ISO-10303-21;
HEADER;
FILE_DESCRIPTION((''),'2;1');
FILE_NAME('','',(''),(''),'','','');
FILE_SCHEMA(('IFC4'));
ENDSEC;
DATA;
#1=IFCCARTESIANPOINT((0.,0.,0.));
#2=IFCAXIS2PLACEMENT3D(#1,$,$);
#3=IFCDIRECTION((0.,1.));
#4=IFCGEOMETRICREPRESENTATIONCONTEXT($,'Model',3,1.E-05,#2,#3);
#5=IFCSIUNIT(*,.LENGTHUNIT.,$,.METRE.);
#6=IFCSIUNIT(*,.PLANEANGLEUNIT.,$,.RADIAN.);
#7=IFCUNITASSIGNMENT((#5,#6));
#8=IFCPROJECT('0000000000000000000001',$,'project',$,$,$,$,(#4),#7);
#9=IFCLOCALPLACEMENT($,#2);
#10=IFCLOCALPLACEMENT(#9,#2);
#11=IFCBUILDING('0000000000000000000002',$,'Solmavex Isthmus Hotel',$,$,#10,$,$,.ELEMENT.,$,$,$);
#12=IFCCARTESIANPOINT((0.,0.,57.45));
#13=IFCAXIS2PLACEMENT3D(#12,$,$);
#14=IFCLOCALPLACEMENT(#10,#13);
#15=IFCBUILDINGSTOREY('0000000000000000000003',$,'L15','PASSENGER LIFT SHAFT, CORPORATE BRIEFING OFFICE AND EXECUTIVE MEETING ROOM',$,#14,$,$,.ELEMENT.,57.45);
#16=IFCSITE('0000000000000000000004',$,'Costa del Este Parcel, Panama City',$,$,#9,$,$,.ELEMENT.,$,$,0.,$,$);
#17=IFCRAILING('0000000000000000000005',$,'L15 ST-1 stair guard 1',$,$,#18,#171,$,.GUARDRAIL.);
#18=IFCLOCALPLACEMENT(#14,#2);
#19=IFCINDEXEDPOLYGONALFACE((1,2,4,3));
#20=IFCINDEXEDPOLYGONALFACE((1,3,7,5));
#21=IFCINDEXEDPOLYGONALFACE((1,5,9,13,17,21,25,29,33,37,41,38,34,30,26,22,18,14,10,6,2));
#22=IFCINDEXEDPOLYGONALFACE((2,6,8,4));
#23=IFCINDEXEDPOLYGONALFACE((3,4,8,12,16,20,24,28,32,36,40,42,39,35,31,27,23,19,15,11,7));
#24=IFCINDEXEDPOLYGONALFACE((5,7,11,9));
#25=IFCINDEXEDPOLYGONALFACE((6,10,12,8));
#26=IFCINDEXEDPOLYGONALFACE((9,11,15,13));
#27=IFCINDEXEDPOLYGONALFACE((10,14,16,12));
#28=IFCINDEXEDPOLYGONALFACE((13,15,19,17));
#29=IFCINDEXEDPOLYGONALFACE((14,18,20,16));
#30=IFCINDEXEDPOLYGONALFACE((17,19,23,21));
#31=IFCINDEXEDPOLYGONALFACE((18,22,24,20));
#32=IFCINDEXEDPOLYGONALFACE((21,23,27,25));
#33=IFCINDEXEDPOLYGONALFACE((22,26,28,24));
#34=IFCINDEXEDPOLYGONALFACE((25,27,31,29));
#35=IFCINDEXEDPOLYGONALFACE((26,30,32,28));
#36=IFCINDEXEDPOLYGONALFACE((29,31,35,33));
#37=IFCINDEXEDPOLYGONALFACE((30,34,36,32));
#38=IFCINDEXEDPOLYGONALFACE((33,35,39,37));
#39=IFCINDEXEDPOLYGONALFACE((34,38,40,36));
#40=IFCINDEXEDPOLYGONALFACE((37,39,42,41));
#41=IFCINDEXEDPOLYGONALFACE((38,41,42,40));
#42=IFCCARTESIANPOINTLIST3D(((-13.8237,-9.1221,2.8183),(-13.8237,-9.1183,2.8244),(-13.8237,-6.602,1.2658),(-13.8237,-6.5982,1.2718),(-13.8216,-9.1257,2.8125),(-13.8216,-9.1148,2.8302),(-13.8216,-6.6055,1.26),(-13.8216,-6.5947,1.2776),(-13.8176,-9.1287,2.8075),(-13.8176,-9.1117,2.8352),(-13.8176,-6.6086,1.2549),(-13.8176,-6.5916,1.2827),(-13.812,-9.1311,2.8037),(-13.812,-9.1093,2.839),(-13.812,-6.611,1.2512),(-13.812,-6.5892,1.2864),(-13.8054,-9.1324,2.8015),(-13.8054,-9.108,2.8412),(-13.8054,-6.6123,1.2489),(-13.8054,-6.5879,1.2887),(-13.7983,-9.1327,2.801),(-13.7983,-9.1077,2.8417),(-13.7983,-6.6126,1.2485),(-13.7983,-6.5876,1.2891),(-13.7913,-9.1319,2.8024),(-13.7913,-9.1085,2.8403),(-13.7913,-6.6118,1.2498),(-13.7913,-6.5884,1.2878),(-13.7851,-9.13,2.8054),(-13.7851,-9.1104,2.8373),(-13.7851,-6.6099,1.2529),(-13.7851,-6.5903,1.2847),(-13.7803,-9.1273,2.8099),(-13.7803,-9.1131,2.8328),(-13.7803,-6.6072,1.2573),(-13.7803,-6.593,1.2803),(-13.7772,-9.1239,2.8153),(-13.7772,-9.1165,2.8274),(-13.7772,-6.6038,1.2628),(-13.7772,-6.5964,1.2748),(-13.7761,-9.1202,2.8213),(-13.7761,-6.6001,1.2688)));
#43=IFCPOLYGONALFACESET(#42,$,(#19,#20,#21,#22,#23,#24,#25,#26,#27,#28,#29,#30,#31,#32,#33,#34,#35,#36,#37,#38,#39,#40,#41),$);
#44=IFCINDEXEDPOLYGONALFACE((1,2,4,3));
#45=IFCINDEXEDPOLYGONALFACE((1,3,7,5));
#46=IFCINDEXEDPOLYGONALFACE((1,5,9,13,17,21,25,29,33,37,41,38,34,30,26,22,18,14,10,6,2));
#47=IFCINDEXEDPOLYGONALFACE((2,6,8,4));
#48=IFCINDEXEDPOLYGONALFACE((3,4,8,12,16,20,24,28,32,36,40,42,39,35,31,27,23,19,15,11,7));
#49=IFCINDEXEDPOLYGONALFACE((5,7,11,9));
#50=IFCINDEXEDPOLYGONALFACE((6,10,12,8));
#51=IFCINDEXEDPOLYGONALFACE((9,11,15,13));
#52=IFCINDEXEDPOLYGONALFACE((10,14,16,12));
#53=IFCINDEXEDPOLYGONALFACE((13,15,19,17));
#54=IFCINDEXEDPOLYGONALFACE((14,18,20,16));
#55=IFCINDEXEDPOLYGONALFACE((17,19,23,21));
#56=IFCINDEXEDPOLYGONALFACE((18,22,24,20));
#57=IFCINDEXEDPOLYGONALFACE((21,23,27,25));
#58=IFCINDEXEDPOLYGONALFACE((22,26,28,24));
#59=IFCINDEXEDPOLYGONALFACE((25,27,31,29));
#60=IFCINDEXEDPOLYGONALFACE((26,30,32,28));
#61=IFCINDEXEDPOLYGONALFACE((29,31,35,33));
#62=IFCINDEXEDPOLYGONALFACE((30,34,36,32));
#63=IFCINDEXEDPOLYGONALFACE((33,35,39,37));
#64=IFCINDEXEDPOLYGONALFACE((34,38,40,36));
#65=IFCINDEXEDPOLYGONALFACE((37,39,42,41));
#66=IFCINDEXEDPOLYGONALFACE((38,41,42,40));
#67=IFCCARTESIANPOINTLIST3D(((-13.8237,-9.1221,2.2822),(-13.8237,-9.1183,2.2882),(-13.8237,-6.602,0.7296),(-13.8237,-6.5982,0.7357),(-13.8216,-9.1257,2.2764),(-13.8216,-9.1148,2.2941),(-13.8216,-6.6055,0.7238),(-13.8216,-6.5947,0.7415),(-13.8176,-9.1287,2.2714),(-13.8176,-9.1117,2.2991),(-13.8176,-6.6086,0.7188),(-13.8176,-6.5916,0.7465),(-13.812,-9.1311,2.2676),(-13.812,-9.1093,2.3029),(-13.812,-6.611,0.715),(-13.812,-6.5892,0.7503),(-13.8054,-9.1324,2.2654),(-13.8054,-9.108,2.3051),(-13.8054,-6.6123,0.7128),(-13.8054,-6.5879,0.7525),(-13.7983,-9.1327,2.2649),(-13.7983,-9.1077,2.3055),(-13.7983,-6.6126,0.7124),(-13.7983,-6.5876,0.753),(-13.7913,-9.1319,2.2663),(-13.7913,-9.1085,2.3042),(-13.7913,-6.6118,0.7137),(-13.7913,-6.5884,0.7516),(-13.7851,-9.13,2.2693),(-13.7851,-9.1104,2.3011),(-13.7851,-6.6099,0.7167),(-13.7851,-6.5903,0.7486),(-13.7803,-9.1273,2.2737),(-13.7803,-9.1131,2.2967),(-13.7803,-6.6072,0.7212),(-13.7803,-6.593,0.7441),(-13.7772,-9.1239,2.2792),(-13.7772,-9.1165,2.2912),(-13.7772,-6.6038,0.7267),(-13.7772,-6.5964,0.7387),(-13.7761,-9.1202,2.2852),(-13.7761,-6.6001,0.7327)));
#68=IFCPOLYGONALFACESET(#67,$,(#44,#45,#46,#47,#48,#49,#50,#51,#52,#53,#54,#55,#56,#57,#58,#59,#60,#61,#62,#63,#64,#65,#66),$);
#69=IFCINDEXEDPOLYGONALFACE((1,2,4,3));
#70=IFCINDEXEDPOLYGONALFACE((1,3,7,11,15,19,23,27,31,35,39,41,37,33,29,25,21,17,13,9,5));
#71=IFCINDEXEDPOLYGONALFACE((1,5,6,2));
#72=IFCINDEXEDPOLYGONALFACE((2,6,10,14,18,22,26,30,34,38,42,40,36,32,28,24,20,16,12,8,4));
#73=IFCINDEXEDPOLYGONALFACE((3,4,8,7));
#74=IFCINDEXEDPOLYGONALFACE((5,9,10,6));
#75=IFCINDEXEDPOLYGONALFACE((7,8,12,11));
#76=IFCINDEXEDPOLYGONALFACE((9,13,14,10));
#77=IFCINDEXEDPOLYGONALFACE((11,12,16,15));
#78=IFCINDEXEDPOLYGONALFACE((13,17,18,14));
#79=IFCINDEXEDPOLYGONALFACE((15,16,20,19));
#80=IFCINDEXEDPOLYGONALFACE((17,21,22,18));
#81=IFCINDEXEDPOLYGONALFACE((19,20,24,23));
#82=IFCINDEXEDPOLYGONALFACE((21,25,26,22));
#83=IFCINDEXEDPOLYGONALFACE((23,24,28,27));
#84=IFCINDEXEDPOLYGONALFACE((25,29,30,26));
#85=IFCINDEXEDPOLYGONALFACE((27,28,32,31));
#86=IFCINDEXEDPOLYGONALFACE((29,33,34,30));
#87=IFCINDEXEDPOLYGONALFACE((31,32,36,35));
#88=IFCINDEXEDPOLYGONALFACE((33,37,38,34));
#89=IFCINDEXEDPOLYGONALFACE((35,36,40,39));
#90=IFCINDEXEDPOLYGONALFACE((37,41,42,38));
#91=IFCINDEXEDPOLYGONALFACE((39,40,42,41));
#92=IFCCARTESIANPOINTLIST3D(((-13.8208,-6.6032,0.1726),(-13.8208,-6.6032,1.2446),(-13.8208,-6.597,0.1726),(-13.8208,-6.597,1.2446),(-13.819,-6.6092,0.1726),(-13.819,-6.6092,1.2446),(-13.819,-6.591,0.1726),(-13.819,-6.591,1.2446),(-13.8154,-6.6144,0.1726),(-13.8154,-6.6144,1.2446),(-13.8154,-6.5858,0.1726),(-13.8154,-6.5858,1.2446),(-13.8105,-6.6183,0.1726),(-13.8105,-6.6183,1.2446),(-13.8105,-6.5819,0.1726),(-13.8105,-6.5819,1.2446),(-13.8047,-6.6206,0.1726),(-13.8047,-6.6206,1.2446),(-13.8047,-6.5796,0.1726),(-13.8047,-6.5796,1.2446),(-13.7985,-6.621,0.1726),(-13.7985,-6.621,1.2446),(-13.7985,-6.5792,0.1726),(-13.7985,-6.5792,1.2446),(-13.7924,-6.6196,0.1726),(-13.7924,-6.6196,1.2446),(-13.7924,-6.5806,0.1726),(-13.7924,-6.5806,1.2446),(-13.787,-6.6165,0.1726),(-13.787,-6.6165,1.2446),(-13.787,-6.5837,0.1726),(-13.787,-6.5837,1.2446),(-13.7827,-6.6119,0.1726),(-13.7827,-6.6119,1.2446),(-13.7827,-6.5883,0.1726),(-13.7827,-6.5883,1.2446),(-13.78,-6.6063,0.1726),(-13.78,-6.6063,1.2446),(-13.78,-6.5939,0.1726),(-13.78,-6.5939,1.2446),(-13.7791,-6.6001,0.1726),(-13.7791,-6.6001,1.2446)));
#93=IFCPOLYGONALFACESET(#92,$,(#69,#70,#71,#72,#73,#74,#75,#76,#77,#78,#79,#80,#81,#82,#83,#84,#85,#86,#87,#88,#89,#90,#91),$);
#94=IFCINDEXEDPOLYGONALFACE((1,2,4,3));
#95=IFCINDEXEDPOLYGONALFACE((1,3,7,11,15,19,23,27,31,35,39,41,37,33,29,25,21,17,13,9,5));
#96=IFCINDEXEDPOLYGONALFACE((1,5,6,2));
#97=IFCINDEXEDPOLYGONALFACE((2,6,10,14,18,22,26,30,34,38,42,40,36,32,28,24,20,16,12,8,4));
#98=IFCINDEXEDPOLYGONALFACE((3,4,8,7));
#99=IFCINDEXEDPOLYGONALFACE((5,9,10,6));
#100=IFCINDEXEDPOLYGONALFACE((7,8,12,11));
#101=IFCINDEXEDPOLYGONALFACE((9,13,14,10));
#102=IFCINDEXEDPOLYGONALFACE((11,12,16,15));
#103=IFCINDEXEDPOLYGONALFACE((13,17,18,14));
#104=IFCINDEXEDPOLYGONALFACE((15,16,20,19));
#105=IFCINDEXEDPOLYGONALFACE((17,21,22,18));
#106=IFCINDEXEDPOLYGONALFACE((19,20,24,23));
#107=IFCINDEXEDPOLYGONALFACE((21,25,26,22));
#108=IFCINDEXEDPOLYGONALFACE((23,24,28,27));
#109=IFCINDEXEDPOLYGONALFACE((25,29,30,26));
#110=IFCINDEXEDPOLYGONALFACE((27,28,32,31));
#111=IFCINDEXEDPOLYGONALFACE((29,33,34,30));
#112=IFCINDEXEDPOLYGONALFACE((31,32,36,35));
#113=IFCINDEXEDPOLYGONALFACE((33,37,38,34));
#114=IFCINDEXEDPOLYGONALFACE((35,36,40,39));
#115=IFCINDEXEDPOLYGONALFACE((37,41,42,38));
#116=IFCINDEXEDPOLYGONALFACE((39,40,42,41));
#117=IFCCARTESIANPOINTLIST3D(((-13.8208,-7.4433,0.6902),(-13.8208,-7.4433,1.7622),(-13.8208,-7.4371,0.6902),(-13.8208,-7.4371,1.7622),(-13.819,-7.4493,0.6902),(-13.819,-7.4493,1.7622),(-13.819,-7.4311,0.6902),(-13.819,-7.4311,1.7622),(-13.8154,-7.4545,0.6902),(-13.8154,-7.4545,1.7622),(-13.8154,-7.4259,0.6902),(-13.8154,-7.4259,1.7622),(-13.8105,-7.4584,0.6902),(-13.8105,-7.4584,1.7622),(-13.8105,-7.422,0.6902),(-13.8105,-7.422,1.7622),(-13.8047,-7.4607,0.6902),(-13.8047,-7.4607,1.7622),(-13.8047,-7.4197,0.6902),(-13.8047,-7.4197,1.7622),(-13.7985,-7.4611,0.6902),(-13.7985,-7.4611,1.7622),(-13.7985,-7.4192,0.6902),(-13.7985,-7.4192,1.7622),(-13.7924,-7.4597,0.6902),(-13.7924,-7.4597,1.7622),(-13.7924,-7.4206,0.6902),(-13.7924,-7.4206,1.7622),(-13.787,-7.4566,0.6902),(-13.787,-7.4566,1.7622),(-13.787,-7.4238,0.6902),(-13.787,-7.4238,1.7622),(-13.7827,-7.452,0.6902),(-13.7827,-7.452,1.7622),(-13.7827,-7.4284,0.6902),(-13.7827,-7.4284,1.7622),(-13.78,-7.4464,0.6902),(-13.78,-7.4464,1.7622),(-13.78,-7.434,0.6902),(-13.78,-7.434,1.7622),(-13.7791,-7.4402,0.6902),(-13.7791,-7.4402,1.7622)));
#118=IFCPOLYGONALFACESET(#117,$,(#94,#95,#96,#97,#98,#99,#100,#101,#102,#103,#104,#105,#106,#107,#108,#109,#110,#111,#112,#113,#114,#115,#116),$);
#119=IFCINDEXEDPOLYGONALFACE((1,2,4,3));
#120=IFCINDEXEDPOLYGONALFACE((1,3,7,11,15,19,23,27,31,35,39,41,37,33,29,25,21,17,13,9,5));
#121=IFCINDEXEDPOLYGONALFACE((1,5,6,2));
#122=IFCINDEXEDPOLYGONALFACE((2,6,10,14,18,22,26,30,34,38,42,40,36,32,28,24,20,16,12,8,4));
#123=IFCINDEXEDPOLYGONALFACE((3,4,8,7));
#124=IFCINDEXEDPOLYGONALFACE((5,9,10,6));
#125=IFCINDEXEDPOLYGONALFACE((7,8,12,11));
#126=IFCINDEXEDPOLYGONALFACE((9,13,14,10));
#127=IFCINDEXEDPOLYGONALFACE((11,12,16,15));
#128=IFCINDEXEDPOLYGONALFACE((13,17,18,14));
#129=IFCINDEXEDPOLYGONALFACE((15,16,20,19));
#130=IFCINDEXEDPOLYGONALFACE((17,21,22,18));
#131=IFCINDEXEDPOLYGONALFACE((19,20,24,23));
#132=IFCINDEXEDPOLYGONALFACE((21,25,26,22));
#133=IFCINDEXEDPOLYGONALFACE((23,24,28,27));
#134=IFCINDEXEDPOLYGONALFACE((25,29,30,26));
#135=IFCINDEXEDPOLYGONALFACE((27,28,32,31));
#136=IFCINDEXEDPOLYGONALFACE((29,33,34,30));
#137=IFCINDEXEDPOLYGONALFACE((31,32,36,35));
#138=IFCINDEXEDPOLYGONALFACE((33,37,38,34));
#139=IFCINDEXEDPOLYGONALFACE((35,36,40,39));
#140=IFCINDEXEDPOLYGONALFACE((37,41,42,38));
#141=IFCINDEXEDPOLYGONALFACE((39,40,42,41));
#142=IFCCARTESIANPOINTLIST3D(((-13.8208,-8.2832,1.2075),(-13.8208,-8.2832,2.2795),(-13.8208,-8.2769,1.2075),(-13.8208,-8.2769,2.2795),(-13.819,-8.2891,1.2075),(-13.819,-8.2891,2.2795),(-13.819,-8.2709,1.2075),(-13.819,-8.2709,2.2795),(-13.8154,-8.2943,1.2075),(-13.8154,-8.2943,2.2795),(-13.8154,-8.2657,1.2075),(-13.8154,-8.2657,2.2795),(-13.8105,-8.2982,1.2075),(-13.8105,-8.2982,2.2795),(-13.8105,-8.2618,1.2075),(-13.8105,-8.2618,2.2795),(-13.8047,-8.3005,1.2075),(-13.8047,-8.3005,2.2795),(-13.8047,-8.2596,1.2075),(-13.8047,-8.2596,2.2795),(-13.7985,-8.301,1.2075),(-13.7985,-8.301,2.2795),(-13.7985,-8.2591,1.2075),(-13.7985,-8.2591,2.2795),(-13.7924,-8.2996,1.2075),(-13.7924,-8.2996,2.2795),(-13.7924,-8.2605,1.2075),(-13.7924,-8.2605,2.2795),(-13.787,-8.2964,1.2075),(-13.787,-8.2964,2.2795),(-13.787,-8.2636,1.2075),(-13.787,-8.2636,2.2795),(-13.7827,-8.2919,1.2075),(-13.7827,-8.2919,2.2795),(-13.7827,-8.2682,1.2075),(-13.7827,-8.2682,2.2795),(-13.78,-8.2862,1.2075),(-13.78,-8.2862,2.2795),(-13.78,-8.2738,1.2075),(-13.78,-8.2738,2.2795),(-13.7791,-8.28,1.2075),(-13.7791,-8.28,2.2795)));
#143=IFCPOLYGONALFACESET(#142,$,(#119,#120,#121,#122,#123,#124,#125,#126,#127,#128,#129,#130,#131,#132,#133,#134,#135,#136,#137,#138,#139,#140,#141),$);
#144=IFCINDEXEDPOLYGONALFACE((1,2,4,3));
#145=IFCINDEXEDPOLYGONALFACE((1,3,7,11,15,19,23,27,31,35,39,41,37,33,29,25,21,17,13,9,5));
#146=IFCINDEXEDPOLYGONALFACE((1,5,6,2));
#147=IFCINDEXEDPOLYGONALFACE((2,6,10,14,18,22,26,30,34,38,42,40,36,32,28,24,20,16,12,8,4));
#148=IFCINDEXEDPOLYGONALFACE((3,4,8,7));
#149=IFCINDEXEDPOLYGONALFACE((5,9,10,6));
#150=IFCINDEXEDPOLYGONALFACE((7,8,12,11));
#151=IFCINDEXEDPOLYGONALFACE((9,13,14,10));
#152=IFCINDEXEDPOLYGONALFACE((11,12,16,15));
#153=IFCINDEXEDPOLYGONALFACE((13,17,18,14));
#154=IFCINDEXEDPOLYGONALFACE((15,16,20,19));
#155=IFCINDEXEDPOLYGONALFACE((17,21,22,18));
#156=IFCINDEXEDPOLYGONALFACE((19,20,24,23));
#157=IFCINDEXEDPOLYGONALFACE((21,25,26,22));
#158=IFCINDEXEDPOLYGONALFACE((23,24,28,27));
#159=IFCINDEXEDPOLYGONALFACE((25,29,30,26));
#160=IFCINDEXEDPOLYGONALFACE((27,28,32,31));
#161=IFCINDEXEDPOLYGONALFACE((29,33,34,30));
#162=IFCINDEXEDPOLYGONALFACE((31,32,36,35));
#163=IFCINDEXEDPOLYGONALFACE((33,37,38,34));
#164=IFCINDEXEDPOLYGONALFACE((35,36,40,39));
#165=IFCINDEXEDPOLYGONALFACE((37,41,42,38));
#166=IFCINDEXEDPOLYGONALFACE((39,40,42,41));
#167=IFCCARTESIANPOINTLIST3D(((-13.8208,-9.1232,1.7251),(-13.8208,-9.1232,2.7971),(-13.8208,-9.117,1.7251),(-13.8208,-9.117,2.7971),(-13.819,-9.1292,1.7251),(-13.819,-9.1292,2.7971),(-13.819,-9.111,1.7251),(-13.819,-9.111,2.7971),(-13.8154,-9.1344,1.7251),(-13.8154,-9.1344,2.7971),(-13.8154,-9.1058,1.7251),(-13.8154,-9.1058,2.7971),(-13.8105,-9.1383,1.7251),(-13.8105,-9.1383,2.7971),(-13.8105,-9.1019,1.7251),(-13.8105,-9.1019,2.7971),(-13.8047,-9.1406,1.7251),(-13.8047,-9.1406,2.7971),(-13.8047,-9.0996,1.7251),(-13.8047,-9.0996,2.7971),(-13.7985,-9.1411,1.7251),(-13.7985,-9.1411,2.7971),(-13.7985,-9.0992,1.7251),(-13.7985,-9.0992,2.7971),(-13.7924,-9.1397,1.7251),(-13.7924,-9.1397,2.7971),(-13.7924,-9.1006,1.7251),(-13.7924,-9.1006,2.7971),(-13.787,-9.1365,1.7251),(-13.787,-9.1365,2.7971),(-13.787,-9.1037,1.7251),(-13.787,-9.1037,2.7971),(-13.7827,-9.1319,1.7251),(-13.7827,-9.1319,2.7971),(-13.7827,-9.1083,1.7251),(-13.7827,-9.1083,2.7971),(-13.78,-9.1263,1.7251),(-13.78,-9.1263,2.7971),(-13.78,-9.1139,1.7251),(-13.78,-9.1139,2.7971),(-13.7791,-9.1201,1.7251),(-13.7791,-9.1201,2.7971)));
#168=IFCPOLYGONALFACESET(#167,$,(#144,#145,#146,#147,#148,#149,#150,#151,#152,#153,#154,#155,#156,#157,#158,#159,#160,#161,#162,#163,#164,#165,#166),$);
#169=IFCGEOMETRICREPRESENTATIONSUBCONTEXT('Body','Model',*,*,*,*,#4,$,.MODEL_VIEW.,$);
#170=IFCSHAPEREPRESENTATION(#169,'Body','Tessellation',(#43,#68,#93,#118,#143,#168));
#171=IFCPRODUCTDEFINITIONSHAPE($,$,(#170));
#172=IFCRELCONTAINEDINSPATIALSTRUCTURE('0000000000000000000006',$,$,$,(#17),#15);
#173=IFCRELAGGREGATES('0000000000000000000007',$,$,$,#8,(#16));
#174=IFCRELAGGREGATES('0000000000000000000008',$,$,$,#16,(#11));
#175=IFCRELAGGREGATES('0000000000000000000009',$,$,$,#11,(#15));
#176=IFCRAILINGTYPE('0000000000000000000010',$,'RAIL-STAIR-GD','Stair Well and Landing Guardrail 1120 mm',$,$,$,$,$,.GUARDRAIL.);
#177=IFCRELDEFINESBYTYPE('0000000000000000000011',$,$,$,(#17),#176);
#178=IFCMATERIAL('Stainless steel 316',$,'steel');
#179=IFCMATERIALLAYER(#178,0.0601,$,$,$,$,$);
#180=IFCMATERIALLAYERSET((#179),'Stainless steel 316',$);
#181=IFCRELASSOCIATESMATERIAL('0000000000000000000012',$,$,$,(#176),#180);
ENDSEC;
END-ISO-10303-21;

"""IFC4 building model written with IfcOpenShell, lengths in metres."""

from ifc_helpers import new_model, si_unit, direction, frame, origin, origin_2d, place, context, subcontext, project, spatial, circle, extrude, material, layer, layer_set, type_object, element, save


model = new_model("IFC4")

# Units and contexts
model_context = context("Model", 3, precision=1e-05, world=origin(), true_north=direction((0.0, 1.0)))
body_context = subcontext(model_context, "Body", "Model", "MODEL_VIEW")
ifc_project = project(units=[si_unit("LENGTHUNIT", "METRE"), si_unit("PLANEANGLEUNIT", "RADIAN")], contexts=[model_context])

# Site, building, storey
site_placement = place(None, origin())
site = spatial("IfcSite", under=ifc_project, at=site_placement, Name="Costa del Este Parcel, Panama City", CompositionType="ELEMENT", RefElevation=0.0)
building_placement = place(site_placement, origin())
building = spatial("IfcBuilding", under=site, at=building_placement, Name="Solmavex Isthmus Hotel", CompositionType="ELEMENT")
storey_placement = place(building_placement, frame((0.0, 0.0, 57.45)))
storey = spatial("IfcBuildingStorey", under=building, at=storey_placement, Name="L15", Description="PASSENGER LIFT SHAFT, CORPORATE BRIEFING OFFICE AND EXECUTIVE MEETING ROOM", CompositionType="ELEMENT", Elevation=57.45)

# Shared definitions
ifc_material_1 = material(Name="Stainless steel 316", Category="steel")

# Railing
ifc_layer_1 = layer(ifc_material_1, 0.0601)
ifc_layer_set_1 = layer_set([ifc_layer_1], Name="Stainless steel 316")
railing_type_1 = type_object("IfcRailingType", Name="RAIL-STAIR-GD", Description="Stair Well and Landing Guardrail 1120 mm", PredefinedType="GUARDRAIL", material=ifc_layer_set_1)
railing_1_placement = place(storey_placement, frame((-13.8, -6.6001, 0.1726)))
element("IfcRailing", 1, at=railing_1_placement, inside=storey, type_object=railing_type_1, Name="L15 ST-1 stair guard 1", PredefinedType="GUARDRAIL", context=body_context, shape_type="SweptSolid", body=[
    extrude(circle(Radius=0.0239, at=origin_2d()), frame((0.0, 0.0, 1.0962), z_axis=(0.0, -0.8514, 0.524516), x_axis=(1.0, 0.0, 0.0)), (0.0, 0.0, 1.0), 2.96),
    extrude(circle(Radius=0.0239, at=origin_2d()), frame((0.0, 0.0, 0.5601), z_axis=(0.0, -0.8514, 0.524516), x_axis=(1.0, 0.0, 0.0)), (0.0, 0.0, 1.0), 2.96),
    extrude(circle(Radius=0.021, at=origin_2d()), origin(), (0.0, 0.0, 1.0), 1.072),
    extrude(circle(Radius=0.021, at=origin_2d()), frame((0.0, -0.8401, 0.5176)), (0.0, 0.0, 1.0), 1.072),
    extrude(circle(Radius=0.021, at=origin_2d()), frame((0.0, -1.6799, 1.0349)), (0.0, 0.0, 1.0), 1.072),
    extrude(circle(Radius=0.021, at=origin_2d()), frame((0.0, -2.52, 1.5525)), (0.0, 0.0, 1.0), 1.072),
])

save(model, "model.ifc")
